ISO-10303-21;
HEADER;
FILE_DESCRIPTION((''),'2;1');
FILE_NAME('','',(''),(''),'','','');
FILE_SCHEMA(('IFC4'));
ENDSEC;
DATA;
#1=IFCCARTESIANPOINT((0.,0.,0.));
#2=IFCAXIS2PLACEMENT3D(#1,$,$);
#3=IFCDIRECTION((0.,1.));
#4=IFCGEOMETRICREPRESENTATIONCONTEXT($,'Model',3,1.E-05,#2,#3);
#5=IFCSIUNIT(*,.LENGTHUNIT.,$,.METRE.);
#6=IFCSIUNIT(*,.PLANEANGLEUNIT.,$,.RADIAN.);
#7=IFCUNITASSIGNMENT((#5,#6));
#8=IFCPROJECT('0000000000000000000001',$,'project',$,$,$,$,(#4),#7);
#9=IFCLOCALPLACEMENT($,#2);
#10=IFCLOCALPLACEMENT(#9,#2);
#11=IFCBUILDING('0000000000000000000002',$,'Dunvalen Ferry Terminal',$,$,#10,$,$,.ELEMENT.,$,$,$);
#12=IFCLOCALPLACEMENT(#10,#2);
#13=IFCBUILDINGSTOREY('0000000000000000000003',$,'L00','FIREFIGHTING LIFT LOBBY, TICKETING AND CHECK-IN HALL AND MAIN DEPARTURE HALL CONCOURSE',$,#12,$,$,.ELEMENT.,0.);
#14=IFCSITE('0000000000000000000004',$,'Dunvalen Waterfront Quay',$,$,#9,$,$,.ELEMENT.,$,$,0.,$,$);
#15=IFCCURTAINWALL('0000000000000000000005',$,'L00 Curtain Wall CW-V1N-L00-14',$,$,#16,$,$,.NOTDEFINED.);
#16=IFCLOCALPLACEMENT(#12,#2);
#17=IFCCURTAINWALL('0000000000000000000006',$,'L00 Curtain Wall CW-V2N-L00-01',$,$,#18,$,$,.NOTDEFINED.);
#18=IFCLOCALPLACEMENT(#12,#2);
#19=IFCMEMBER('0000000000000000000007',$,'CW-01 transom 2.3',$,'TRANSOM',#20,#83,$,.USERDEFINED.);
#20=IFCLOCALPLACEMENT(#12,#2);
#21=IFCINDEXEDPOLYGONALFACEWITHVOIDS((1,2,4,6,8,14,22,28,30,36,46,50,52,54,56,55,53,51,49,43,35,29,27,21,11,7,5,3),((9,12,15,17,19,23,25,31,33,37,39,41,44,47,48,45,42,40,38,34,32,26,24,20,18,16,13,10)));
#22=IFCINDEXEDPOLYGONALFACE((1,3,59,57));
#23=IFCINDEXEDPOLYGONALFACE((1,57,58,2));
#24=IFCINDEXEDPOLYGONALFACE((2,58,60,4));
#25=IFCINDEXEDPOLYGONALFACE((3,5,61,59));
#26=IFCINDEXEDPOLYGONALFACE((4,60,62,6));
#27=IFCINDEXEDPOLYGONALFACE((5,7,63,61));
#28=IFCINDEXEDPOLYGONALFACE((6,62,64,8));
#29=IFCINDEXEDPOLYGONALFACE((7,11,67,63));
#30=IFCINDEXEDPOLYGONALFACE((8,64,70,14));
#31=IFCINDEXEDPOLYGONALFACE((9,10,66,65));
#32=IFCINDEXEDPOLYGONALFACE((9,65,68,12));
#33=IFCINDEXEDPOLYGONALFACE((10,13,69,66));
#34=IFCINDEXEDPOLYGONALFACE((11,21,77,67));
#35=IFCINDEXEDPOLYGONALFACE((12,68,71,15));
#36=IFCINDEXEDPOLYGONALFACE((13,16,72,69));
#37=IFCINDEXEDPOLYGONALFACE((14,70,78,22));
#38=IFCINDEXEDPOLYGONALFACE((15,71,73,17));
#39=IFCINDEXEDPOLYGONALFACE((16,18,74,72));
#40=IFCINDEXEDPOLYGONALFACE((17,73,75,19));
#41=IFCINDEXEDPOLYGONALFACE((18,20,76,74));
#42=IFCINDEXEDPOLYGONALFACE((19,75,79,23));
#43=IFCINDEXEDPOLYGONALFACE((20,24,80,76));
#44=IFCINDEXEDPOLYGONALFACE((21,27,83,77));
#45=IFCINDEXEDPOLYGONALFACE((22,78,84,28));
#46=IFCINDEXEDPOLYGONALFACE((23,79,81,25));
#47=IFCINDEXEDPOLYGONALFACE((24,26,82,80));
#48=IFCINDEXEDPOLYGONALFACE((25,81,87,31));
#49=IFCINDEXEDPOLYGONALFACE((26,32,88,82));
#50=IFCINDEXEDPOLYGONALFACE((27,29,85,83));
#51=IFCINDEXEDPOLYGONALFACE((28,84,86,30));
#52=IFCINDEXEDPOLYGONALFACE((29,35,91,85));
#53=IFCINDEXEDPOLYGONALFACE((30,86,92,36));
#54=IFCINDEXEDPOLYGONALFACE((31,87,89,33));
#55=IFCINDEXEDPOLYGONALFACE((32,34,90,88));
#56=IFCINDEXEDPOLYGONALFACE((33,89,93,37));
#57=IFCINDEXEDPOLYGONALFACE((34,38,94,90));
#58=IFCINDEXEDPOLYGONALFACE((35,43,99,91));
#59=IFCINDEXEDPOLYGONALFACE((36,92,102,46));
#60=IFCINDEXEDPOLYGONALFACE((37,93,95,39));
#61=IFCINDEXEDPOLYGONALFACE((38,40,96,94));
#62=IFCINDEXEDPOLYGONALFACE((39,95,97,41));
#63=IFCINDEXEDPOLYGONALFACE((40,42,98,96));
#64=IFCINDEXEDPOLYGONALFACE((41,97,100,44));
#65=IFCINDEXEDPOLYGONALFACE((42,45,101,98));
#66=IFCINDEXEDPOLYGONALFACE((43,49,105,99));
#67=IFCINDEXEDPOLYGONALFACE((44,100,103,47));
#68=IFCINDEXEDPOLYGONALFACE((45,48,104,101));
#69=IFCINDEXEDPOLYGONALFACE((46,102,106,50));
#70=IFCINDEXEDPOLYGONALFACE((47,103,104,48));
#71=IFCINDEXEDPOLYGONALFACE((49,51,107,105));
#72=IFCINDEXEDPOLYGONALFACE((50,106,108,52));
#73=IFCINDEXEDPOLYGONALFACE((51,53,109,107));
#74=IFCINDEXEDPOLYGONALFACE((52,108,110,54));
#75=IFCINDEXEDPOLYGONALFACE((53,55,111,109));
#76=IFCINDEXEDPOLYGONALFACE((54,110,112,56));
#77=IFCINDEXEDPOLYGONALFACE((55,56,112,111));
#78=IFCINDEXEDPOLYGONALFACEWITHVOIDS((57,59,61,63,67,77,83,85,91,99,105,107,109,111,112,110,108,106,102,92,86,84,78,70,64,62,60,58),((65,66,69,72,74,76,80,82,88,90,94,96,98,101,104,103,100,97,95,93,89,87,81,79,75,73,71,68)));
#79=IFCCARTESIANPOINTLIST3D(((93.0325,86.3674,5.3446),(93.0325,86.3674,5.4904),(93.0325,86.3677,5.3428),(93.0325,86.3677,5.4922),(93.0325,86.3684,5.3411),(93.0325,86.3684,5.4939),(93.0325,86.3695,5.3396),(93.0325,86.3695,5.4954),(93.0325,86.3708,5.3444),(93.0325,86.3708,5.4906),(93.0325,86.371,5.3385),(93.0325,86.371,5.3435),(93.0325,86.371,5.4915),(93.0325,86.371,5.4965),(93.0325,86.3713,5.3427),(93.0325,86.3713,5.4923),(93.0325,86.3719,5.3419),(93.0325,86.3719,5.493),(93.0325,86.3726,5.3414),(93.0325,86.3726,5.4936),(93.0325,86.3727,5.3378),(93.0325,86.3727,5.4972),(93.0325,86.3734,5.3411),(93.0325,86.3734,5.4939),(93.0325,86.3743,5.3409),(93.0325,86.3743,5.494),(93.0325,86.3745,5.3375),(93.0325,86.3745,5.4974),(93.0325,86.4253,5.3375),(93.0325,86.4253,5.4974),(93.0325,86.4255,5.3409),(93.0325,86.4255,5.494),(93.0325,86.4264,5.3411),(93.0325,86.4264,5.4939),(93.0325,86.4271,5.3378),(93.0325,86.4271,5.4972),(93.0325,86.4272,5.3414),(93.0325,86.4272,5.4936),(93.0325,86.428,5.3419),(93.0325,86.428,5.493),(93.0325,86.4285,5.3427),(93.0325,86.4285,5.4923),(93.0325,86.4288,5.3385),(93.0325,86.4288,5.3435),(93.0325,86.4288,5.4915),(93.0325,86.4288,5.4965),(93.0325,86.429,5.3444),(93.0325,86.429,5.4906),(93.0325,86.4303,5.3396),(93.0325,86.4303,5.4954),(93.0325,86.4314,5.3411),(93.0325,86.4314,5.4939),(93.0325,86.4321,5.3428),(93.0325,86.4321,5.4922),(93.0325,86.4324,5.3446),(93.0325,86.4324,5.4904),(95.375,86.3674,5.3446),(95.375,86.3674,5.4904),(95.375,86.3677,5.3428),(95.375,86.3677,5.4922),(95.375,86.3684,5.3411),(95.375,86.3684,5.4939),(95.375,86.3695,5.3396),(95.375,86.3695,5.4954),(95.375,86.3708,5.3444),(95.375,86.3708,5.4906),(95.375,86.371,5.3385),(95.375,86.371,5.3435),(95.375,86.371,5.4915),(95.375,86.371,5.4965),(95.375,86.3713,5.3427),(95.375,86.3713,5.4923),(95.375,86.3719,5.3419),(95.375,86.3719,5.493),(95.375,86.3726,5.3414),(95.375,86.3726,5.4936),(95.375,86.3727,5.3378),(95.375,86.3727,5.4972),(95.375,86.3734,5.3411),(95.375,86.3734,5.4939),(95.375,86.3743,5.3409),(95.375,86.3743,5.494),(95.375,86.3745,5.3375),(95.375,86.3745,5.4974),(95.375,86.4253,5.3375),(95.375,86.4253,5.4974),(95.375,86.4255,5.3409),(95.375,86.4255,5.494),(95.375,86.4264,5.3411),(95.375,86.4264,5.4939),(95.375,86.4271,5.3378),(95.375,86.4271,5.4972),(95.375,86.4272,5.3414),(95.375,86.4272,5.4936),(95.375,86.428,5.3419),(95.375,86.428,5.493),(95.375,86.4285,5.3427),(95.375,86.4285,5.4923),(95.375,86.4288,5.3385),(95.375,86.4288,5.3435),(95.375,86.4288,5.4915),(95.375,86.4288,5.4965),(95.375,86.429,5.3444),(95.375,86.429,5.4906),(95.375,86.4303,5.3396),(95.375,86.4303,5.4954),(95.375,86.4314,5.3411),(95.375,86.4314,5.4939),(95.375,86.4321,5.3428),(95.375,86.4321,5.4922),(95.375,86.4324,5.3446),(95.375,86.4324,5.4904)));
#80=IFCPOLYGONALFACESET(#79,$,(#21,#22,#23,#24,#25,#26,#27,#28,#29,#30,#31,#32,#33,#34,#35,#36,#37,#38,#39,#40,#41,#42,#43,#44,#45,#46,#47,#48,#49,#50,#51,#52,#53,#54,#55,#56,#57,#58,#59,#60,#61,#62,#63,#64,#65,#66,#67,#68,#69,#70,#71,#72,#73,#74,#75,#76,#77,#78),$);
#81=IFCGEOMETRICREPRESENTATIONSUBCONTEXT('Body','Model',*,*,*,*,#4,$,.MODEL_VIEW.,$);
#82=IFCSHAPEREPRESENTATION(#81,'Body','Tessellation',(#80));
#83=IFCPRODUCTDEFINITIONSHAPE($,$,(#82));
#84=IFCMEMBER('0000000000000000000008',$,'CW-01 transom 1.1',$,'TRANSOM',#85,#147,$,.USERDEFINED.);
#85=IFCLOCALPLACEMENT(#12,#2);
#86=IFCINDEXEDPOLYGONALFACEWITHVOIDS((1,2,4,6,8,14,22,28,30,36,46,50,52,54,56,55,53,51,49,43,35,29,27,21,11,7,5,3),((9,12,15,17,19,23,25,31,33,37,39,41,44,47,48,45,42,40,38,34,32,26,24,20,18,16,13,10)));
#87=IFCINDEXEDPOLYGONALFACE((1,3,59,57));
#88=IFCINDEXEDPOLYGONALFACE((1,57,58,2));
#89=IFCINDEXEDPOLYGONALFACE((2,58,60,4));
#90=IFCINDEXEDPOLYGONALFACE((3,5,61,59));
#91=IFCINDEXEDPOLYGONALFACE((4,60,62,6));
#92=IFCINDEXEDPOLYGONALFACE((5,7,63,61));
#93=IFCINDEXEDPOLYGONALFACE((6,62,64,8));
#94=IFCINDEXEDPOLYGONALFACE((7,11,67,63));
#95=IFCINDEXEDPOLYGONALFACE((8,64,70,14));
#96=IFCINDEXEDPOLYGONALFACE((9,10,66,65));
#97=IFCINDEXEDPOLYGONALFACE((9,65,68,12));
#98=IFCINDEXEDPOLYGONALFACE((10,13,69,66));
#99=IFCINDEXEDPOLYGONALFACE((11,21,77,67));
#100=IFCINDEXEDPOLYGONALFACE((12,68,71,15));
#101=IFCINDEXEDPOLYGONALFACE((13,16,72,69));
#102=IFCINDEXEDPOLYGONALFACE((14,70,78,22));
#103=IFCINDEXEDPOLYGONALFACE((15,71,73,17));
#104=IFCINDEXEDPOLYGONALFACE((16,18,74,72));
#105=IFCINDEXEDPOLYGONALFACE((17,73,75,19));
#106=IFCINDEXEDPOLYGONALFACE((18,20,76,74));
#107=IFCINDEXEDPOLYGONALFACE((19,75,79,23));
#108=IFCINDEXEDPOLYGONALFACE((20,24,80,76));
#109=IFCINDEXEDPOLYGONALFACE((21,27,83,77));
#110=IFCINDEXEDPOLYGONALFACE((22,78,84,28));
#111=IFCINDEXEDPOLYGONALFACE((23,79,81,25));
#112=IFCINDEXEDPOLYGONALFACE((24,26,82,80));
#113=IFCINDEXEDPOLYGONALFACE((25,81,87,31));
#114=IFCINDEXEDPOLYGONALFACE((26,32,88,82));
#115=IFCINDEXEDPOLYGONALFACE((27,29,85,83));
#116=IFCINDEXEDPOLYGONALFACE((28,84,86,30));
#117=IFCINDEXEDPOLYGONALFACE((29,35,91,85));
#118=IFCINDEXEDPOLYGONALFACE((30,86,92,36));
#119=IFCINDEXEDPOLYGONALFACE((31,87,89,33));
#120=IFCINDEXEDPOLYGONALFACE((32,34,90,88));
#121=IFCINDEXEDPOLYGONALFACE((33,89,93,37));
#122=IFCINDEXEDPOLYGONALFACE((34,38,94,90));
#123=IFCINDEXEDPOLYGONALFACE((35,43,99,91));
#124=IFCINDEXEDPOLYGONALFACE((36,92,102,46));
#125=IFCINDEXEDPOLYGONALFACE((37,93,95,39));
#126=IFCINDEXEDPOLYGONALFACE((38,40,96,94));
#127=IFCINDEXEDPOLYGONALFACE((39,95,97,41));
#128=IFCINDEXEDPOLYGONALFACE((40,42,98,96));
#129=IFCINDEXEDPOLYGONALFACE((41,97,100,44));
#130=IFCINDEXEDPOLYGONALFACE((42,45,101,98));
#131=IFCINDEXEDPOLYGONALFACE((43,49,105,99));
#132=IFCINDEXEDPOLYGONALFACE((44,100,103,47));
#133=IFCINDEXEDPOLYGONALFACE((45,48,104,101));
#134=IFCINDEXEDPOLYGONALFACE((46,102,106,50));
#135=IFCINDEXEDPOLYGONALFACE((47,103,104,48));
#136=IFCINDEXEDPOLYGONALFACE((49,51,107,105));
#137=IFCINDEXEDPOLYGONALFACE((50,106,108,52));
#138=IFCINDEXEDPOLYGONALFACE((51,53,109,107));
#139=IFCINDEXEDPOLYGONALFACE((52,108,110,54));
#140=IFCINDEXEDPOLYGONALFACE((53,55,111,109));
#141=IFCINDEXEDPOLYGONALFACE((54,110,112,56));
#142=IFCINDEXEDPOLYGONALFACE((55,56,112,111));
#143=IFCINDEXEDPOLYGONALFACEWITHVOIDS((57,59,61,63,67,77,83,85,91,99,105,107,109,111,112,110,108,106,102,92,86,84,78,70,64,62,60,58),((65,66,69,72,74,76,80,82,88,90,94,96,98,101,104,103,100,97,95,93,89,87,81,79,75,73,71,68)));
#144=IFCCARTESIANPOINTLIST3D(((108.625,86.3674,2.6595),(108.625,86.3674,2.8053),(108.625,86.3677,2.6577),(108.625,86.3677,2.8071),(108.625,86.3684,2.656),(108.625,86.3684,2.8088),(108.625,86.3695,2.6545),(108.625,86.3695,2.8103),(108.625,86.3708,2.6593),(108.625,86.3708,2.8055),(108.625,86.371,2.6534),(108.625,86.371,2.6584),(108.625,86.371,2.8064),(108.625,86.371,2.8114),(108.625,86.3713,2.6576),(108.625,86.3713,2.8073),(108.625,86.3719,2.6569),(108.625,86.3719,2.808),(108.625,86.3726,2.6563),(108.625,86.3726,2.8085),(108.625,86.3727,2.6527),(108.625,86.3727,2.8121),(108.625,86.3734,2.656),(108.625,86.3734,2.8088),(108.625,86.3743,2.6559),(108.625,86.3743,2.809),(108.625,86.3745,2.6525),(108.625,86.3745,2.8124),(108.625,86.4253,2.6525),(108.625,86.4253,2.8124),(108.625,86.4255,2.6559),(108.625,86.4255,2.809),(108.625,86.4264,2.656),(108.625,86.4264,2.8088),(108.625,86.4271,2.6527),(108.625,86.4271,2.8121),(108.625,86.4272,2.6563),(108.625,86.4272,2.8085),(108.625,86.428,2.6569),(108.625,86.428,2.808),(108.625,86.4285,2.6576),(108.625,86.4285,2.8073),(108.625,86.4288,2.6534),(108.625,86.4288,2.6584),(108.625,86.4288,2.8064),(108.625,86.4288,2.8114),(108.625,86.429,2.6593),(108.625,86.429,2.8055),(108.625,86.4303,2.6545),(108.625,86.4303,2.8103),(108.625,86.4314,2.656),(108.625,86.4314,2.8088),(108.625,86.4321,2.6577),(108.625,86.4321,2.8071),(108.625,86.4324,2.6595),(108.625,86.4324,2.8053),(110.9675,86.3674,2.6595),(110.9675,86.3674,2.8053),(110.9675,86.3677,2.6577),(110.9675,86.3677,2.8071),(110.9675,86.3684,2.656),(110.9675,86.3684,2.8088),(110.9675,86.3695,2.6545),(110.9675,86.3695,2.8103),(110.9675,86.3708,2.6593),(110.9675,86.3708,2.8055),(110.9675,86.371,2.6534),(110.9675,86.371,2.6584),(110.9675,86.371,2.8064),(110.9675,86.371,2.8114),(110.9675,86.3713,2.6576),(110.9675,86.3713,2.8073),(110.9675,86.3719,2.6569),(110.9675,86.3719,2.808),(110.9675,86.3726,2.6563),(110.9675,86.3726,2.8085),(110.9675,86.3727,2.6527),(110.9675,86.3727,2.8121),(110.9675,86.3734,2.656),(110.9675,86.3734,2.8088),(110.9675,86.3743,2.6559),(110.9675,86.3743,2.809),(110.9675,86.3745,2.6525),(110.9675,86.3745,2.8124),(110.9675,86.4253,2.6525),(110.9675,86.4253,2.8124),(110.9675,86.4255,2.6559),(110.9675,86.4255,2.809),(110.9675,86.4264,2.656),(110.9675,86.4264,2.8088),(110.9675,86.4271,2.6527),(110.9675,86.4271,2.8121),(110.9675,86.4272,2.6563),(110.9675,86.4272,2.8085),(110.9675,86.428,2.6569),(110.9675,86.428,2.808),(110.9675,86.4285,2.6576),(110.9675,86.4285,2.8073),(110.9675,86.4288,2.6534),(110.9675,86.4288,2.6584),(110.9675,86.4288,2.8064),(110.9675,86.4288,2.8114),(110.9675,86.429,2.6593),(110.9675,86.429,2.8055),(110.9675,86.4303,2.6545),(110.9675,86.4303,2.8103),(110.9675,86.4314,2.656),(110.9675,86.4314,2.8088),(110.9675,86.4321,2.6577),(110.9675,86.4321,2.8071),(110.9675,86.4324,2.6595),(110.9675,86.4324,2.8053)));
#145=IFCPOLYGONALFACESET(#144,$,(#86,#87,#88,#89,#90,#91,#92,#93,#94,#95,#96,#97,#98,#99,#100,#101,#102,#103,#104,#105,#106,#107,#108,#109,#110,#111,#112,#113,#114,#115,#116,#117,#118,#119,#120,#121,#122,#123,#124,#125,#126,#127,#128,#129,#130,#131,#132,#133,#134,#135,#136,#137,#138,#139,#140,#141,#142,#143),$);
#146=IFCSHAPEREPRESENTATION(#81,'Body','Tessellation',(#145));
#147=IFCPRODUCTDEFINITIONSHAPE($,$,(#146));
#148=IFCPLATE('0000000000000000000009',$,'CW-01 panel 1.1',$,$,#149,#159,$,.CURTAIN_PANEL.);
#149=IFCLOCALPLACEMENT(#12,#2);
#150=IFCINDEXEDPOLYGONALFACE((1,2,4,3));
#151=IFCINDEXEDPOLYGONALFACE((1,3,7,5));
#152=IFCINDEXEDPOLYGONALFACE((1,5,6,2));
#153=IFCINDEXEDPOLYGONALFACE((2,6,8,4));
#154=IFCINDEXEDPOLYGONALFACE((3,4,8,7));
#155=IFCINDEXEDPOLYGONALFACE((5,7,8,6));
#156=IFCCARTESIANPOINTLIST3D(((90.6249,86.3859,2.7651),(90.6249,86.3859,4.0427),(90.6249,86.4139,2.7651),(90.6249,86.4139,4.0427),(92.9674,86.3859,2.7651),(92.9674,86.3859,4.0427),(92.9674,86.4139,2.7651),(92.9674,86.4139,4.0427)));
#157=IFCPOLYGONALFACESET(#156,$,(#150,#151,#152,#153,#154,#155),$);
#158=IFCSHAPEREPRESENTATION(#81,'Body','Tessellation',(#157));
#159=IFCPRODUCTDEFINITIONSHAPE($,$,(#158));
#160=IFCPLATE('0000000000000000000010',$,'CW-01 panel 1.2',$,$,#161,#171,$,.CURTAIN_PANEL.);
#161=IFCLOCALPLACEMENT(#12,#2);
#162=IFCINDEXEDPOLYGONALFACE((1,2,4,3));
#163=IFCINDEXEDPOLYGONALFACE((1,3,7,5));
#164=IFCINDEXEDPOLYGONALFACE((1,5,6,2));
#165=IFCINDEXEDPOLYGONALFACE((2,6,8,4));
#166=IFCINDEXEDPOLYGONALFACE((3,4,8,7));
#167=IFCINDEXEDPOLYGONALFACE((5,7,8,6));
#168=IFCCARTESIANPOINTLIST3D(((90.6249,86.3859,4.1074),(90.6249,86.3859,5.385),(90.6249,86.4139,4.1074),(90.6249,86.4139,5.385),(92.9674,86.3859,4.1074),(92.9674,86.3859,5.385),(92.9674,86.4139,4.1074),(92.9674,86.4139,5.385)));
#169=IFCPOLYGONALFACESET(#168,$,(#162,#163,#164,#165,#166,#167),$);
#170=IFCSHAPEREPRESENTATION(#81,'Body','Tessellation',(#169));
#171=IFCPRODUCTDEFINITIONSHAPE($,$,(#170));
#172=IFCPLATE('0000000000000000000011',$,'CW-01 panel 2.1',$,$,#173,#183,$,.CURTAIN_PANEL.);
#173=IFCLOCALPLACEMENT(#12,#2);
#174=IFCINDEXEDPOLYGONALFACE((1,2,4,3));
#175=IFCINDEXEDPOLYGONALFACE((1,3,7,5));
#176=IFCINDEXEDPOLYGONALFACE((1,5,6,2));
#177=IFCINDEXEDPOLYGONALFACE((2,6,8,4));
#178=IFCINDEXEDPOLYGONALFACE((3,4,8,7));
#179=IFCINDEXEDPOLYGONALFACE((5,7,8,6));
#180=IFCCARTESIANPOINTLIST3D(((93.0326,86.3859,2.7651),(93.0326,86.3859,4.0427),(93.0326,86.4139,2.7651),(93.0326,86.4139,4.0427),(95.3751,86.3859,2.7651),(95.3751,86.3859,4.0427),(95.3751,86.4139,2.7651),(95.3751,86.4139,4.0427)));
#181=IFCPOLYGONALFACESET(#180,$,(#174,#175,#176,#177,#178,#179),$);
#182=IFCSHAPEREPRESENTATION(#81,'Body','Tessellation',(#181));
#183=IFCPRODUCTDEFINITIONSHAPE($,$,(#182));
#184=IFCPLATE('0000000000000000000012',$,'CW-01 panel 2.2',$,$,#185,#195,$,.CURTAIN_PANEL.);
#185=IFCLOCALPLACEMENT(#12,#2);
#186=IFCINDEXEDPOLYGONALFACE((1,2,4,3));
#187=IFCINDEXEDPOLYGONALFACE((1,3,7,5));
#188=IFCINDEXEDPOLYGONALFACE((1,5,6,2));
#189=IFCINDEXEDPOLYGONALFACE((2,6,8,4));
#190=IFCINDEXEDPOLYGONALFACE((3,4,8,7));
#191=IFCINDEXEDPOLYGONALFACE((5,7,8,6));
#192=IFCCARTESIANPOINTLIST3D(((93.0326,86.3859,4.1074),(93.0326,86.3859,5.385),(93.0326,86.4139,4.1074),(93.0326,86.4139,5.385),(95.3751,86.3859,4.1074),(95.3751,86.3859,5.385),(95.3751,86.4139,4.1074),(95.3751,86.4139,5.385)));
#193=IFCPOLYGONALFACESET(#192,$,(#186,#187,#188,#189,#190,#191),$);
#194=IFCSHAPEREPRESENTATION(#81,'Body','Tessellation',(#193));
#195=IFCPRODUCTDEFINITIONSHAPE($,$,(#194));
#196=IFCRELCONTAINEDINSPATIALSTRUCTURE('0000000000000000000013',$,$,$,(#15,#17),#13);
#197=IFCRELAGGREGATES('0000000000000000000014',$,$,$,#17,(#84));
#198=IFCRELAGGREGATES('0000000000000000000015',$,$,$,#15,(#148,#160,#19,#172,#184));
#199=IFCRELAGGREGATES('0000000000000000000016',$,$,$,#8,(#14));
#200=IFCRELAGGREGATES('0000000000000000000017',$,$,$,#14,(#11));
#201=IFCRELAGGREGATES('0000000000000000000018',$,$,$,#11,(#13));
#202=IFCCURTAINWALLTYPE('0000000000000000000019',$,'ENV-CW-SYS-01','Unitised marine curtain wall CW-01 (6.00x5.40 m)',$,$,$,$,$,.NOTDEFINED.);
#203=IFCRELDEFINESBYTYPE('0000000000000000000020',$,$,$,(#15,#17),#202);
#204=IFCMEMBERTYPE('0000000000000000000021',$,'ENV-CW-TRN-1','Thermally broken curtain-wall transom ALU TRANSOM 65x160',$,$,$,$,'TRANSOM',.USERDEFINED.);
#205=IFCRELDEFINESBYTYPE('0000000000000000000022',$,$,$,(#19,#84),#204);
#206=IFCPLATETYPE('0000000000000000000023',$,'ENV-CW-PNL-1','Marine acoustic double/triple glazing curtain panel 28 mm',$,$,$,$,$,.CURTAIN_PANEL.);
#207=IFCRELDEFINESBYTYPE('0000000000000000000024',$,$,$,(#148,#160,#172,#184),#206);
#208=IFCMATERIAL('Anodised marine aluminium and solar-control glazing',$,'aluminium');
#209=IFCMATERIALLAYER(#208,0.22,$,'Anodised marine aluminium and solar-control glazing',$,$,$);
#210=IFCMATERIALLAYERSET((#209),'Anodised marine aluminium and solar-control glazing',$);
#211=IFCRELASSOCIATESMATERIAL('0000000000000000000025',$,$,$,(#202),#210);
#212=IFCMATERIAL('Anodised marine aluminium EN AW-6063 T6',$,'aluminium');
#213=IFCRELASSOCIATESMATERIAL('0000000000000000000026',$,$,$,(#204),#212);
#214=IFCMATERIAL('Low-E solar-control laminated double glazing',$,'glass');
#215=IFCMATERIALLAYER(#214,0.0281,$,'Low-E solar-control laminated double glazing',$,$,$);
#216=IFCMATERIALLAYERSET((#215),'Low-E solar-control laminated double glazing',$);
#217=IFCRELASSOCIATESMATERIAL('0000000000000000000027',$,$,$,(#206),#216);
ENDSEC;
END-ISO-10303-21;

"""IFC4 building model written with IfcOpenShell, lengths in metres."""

from ifc_helpers import new_model, si_unit, direction, frame, origin, origin_2d, place, context, subcontext, project, spatial, rectangle, hollow_rectangle, extrude, material, layer, layer_set, material_profile, profile_set, type_object, element, aggregate, save


model = new_model("IFC4")

# Units and contexts
model_context = context("Model", 3, precision=1e-05, world=origin(), true_north=direction((0.0, 1.0)))
body_context = subcontext(model_context, "Body", "Model", "MODEL_VIEW")
ifc_project = project(units=[si_unit("LENGTHUNIT", "METRE"), si_unit("PLANEANGLEUNIT", "RADIAN")], contexts=[model_context])

# Site, building, storey
site_placement = place(None, origin())
site = spatial("IfcSite", under=ifc_project, at=site_placement, Name="Dunvalen Waterfront Quay", CompositionType="ELEMENT", RefElevation=0.0)
building_placement = place(site_placement, origin())
building = spatial("IfcBuilding", under=site, at=building_placement, Name="Dunvalen Ferry Terminal", CompositionType="ELEMENT")
storey_placement = place(building_placement, origin())
storey = spatial("IfcBuildingStorey", under=building, at=storey_placement, Name="L00", Description="FIREFIGHTING LIFT LOBBY, TICKETING AND CHECK-IN HALL AND MAIN DEPARTURE HALL CONCOURSE", CompositionType="ELEMENT", Elevation=0.0)

# Curtain wall
ifc_material_1 = material(Name="Anodised marine aluminium and solar-control glazing", Category="aluminium")
ifc_layer_1 = layer(ifc_material_1, 0.22, Name="Anodised marine aluminium and solar-control glazing")
ifc_layer_set_1 = layer_set([ifc_layer_1], Name="Anodised marine aluminium and solar-control glazing")
curtain_wall_type = type_object("IfcCurtainWallType", Name="ENV-CW-SYS-01", Description="Unitised marine curtain wall CW-01 (6.00x5.40 m)", PredefinedType="NOTDEFINED", material=ifc_layer_set_1)
curtain_wall_1_placement = place(storey_placement, origin())
curtain_wall_1 = element("IfcCurtainWall", 1, at=curtain_wall_1_placement, inside=storey, type_object=curtain_wall_type, Name="L00 Curtain Wall CW-V1N-L00-14", PredefinedType="NOTDEFINED")
ifc_material_2 = material(Name="Anodised marine aluminium EN AW-6063 T6", Category="aluminium")

# Curtain wall
curtain_wall_2_placement = place(storey_placement, origin())
curtain_wall_2 = element("IfcCurtainWall", 2, at=curtain_wall_2_placement, inside=storey, type_object=curtain_wall_type, Name="L00 Curtain Wall CW-V2N-L00-01", PredefinedType="NOTDEFINED")

# Members
ifc_material_profile_1 = material_profile(ifc_material_2, hollow_rectangle(XDim=0.0649, YDim=0.1599, WallThickness=0.0034, InnerFilletRadius=0.0034, OuterFilletRadius=0.0071, at=origin_2d()), Name="Anodised marine aluminium EN AW-6063 T6")
ifc_profile_set_1 = profile_set([ifc_material_profile_1], Name="Anodised marine aluminium EN AW-6063 T6")
member_type_1 = type_object("IfcMemberType", Name="ENV-CW-TRN-1", Description="Thermally broken curtain-wall transom ALU TRANSOM 65x160", ElementType="TRANSOM", PredefinedType="USERDEFINED", material=ifc_profile_set_1)
member_1_placement = place(storey_placement, frame((93.0325, 86.3999, 5.4175), z_axis=(1.0, 0.0, 0.0), x_axis=(0.0, 1.0, 0.0)))
member_1 = element("IfcMember", 3, at=member_1_placement, type_object=member_type_1, Name="CW-01 transom 2.3", ObjectType="TRANSOM", PredefinedType="USERDEFINED", context=body_context, shape_type="SweptSolid", body=[
    extrude(hollow_rectangle(XDim=0.0649, YDim=0.1599, WallThickness=0.0034, InnerFilletRadius=0.0034, OuterFilletRadius=0.0071, at=origin_2d()), origin(), (0.0, 0.0, 1.0), 2.3425),
])
member_2_placement = place(storey_placement, frame((108.625, 86.3999, 2.7324), z_axis=(1.0, 0.0, 0.0), x_axis=(0.0, 1.0, 0.0)))
member_2 = element("IfcMember", 4, at=member_2_placement, type_object=member_type_1, Name="CW-01 transom 1.1", ObjectType="TRANSOM", PredefinedType="USERDEFINED", context=body_context, shape_type="SweptSolid", body=[
    extrude(hollow_rectangle(XDim=0.0649, YDim=0.1599, WallThickness=0.0034, InnerFilletRadius=0.0034, OuterFilletRadius=0.0071, at=origin_2d()), origin(), (0.0, 0.0, 1.0), 2.3425),
])
aggregate(curtain_wall_2, [member_2])

# Plates
ifc_material_3 = material(Name="Low-E solar-control laminated double glazing", Category="glass")
ifc_layer_2 = layer(ifc_material_3, 0.0281, Name="Low-E solar-control laminated double glazing")
ifc_layer_set_2 = layer_set([ifc_layer_2], Name="Low-E solar-control laminated double glazing")
plate_type = type_object("IfcPlateType", Name="ENV-CW-PNL-1", Description="Marine acoustic double/triple glazing curtain panel 28 mm", PredefinedType="CURTAIN_PANEL", material=ifc_layer_set_2)
plate_1_placement = place(storey_placement, frame((91.7961, 86.3999, 2.7651), z_axis=(0.0, 0.0, 1.0), x_axis=(1.0, 0.0, 0.0)))
plate_1 = element("IfcPlate", 5, at=plate_1_placement, type_object=plate_type, Name="CW-01 panel 1.1", PredefinedType="CURTAIN_PANEL", context=body_context, shape_type="SweptSolid", body=[
    extrude(rectangle(XDim=2.3425, YDim=0.0281, at=origin_2d()), origin(), (0.0, 0.0, 1.0), 1.2776),
])
plate_2_placement = place(storey_placement, frame((91.7961, 86.3999, 4.1074), z_axis=(0.0, 0.0, 1.0), x_axis=(1.0, 0.0, 0.0)))
plate_2 = element("IfcPlate", 6, at=plate_2_placement, type_object=plate_type, Name="CW-01 panel 1.2", PredefinedType="CURTAIN_PANEL", context=body_context, shape_type="SweptSolid", body=[
    extrude(rectangle(XDim=2.3425, YDim=0.0281, at=origin_2d()), origin(), (0.0, 0.0, 1.0), 1.2776),
])
plate_3_placement = place(storey_placement, frame((94.2039, 86.3999, 2.7651), z_axis=(0.0, 0.0, 1.0), x_axis=(1.0, 0.0, 0.0)))
plate_3 = element("IfcPlate", 7, at=plate_3_placement, type_object=plate_type, Name="CW-01 panel 2.1", PredefinedType="CURTAIN_PANEL", context=body_context, shape_type="SweptSolid", body=[
    extrude(rectangle(XDim=2.3425, YDim=0.0281, at=origin_2d()), origin(), (0.0, 0.0, 1.0), 1.2776),
])
plate_4_placement = place(storey_placement, frame((94.2039, 86.3999, 4.1074), z_axis=(0.0, 0.0, 1.0), x_axis=(1.0, 0.0, 0.0)))
plate_4 = element("IfcPlate", 8, at=plate_4_placement, type_object=plate_type, Name="CW-01 panel 2.2", PredefinedType="CURTAIN_PANEL", context=body_context, shape_type="SweptSolid", body=[
    extrude(rectangle(XDim=2.3425, YDim=0.0281, at=origin_2d()), origin(), (0.0, 0.0, 1.0), 1.2776),
])
aggregate(curtain_wall_1, [plate_1, plate_2, member_1, plate_3, plate_4])

save(model, "model.ifc")
